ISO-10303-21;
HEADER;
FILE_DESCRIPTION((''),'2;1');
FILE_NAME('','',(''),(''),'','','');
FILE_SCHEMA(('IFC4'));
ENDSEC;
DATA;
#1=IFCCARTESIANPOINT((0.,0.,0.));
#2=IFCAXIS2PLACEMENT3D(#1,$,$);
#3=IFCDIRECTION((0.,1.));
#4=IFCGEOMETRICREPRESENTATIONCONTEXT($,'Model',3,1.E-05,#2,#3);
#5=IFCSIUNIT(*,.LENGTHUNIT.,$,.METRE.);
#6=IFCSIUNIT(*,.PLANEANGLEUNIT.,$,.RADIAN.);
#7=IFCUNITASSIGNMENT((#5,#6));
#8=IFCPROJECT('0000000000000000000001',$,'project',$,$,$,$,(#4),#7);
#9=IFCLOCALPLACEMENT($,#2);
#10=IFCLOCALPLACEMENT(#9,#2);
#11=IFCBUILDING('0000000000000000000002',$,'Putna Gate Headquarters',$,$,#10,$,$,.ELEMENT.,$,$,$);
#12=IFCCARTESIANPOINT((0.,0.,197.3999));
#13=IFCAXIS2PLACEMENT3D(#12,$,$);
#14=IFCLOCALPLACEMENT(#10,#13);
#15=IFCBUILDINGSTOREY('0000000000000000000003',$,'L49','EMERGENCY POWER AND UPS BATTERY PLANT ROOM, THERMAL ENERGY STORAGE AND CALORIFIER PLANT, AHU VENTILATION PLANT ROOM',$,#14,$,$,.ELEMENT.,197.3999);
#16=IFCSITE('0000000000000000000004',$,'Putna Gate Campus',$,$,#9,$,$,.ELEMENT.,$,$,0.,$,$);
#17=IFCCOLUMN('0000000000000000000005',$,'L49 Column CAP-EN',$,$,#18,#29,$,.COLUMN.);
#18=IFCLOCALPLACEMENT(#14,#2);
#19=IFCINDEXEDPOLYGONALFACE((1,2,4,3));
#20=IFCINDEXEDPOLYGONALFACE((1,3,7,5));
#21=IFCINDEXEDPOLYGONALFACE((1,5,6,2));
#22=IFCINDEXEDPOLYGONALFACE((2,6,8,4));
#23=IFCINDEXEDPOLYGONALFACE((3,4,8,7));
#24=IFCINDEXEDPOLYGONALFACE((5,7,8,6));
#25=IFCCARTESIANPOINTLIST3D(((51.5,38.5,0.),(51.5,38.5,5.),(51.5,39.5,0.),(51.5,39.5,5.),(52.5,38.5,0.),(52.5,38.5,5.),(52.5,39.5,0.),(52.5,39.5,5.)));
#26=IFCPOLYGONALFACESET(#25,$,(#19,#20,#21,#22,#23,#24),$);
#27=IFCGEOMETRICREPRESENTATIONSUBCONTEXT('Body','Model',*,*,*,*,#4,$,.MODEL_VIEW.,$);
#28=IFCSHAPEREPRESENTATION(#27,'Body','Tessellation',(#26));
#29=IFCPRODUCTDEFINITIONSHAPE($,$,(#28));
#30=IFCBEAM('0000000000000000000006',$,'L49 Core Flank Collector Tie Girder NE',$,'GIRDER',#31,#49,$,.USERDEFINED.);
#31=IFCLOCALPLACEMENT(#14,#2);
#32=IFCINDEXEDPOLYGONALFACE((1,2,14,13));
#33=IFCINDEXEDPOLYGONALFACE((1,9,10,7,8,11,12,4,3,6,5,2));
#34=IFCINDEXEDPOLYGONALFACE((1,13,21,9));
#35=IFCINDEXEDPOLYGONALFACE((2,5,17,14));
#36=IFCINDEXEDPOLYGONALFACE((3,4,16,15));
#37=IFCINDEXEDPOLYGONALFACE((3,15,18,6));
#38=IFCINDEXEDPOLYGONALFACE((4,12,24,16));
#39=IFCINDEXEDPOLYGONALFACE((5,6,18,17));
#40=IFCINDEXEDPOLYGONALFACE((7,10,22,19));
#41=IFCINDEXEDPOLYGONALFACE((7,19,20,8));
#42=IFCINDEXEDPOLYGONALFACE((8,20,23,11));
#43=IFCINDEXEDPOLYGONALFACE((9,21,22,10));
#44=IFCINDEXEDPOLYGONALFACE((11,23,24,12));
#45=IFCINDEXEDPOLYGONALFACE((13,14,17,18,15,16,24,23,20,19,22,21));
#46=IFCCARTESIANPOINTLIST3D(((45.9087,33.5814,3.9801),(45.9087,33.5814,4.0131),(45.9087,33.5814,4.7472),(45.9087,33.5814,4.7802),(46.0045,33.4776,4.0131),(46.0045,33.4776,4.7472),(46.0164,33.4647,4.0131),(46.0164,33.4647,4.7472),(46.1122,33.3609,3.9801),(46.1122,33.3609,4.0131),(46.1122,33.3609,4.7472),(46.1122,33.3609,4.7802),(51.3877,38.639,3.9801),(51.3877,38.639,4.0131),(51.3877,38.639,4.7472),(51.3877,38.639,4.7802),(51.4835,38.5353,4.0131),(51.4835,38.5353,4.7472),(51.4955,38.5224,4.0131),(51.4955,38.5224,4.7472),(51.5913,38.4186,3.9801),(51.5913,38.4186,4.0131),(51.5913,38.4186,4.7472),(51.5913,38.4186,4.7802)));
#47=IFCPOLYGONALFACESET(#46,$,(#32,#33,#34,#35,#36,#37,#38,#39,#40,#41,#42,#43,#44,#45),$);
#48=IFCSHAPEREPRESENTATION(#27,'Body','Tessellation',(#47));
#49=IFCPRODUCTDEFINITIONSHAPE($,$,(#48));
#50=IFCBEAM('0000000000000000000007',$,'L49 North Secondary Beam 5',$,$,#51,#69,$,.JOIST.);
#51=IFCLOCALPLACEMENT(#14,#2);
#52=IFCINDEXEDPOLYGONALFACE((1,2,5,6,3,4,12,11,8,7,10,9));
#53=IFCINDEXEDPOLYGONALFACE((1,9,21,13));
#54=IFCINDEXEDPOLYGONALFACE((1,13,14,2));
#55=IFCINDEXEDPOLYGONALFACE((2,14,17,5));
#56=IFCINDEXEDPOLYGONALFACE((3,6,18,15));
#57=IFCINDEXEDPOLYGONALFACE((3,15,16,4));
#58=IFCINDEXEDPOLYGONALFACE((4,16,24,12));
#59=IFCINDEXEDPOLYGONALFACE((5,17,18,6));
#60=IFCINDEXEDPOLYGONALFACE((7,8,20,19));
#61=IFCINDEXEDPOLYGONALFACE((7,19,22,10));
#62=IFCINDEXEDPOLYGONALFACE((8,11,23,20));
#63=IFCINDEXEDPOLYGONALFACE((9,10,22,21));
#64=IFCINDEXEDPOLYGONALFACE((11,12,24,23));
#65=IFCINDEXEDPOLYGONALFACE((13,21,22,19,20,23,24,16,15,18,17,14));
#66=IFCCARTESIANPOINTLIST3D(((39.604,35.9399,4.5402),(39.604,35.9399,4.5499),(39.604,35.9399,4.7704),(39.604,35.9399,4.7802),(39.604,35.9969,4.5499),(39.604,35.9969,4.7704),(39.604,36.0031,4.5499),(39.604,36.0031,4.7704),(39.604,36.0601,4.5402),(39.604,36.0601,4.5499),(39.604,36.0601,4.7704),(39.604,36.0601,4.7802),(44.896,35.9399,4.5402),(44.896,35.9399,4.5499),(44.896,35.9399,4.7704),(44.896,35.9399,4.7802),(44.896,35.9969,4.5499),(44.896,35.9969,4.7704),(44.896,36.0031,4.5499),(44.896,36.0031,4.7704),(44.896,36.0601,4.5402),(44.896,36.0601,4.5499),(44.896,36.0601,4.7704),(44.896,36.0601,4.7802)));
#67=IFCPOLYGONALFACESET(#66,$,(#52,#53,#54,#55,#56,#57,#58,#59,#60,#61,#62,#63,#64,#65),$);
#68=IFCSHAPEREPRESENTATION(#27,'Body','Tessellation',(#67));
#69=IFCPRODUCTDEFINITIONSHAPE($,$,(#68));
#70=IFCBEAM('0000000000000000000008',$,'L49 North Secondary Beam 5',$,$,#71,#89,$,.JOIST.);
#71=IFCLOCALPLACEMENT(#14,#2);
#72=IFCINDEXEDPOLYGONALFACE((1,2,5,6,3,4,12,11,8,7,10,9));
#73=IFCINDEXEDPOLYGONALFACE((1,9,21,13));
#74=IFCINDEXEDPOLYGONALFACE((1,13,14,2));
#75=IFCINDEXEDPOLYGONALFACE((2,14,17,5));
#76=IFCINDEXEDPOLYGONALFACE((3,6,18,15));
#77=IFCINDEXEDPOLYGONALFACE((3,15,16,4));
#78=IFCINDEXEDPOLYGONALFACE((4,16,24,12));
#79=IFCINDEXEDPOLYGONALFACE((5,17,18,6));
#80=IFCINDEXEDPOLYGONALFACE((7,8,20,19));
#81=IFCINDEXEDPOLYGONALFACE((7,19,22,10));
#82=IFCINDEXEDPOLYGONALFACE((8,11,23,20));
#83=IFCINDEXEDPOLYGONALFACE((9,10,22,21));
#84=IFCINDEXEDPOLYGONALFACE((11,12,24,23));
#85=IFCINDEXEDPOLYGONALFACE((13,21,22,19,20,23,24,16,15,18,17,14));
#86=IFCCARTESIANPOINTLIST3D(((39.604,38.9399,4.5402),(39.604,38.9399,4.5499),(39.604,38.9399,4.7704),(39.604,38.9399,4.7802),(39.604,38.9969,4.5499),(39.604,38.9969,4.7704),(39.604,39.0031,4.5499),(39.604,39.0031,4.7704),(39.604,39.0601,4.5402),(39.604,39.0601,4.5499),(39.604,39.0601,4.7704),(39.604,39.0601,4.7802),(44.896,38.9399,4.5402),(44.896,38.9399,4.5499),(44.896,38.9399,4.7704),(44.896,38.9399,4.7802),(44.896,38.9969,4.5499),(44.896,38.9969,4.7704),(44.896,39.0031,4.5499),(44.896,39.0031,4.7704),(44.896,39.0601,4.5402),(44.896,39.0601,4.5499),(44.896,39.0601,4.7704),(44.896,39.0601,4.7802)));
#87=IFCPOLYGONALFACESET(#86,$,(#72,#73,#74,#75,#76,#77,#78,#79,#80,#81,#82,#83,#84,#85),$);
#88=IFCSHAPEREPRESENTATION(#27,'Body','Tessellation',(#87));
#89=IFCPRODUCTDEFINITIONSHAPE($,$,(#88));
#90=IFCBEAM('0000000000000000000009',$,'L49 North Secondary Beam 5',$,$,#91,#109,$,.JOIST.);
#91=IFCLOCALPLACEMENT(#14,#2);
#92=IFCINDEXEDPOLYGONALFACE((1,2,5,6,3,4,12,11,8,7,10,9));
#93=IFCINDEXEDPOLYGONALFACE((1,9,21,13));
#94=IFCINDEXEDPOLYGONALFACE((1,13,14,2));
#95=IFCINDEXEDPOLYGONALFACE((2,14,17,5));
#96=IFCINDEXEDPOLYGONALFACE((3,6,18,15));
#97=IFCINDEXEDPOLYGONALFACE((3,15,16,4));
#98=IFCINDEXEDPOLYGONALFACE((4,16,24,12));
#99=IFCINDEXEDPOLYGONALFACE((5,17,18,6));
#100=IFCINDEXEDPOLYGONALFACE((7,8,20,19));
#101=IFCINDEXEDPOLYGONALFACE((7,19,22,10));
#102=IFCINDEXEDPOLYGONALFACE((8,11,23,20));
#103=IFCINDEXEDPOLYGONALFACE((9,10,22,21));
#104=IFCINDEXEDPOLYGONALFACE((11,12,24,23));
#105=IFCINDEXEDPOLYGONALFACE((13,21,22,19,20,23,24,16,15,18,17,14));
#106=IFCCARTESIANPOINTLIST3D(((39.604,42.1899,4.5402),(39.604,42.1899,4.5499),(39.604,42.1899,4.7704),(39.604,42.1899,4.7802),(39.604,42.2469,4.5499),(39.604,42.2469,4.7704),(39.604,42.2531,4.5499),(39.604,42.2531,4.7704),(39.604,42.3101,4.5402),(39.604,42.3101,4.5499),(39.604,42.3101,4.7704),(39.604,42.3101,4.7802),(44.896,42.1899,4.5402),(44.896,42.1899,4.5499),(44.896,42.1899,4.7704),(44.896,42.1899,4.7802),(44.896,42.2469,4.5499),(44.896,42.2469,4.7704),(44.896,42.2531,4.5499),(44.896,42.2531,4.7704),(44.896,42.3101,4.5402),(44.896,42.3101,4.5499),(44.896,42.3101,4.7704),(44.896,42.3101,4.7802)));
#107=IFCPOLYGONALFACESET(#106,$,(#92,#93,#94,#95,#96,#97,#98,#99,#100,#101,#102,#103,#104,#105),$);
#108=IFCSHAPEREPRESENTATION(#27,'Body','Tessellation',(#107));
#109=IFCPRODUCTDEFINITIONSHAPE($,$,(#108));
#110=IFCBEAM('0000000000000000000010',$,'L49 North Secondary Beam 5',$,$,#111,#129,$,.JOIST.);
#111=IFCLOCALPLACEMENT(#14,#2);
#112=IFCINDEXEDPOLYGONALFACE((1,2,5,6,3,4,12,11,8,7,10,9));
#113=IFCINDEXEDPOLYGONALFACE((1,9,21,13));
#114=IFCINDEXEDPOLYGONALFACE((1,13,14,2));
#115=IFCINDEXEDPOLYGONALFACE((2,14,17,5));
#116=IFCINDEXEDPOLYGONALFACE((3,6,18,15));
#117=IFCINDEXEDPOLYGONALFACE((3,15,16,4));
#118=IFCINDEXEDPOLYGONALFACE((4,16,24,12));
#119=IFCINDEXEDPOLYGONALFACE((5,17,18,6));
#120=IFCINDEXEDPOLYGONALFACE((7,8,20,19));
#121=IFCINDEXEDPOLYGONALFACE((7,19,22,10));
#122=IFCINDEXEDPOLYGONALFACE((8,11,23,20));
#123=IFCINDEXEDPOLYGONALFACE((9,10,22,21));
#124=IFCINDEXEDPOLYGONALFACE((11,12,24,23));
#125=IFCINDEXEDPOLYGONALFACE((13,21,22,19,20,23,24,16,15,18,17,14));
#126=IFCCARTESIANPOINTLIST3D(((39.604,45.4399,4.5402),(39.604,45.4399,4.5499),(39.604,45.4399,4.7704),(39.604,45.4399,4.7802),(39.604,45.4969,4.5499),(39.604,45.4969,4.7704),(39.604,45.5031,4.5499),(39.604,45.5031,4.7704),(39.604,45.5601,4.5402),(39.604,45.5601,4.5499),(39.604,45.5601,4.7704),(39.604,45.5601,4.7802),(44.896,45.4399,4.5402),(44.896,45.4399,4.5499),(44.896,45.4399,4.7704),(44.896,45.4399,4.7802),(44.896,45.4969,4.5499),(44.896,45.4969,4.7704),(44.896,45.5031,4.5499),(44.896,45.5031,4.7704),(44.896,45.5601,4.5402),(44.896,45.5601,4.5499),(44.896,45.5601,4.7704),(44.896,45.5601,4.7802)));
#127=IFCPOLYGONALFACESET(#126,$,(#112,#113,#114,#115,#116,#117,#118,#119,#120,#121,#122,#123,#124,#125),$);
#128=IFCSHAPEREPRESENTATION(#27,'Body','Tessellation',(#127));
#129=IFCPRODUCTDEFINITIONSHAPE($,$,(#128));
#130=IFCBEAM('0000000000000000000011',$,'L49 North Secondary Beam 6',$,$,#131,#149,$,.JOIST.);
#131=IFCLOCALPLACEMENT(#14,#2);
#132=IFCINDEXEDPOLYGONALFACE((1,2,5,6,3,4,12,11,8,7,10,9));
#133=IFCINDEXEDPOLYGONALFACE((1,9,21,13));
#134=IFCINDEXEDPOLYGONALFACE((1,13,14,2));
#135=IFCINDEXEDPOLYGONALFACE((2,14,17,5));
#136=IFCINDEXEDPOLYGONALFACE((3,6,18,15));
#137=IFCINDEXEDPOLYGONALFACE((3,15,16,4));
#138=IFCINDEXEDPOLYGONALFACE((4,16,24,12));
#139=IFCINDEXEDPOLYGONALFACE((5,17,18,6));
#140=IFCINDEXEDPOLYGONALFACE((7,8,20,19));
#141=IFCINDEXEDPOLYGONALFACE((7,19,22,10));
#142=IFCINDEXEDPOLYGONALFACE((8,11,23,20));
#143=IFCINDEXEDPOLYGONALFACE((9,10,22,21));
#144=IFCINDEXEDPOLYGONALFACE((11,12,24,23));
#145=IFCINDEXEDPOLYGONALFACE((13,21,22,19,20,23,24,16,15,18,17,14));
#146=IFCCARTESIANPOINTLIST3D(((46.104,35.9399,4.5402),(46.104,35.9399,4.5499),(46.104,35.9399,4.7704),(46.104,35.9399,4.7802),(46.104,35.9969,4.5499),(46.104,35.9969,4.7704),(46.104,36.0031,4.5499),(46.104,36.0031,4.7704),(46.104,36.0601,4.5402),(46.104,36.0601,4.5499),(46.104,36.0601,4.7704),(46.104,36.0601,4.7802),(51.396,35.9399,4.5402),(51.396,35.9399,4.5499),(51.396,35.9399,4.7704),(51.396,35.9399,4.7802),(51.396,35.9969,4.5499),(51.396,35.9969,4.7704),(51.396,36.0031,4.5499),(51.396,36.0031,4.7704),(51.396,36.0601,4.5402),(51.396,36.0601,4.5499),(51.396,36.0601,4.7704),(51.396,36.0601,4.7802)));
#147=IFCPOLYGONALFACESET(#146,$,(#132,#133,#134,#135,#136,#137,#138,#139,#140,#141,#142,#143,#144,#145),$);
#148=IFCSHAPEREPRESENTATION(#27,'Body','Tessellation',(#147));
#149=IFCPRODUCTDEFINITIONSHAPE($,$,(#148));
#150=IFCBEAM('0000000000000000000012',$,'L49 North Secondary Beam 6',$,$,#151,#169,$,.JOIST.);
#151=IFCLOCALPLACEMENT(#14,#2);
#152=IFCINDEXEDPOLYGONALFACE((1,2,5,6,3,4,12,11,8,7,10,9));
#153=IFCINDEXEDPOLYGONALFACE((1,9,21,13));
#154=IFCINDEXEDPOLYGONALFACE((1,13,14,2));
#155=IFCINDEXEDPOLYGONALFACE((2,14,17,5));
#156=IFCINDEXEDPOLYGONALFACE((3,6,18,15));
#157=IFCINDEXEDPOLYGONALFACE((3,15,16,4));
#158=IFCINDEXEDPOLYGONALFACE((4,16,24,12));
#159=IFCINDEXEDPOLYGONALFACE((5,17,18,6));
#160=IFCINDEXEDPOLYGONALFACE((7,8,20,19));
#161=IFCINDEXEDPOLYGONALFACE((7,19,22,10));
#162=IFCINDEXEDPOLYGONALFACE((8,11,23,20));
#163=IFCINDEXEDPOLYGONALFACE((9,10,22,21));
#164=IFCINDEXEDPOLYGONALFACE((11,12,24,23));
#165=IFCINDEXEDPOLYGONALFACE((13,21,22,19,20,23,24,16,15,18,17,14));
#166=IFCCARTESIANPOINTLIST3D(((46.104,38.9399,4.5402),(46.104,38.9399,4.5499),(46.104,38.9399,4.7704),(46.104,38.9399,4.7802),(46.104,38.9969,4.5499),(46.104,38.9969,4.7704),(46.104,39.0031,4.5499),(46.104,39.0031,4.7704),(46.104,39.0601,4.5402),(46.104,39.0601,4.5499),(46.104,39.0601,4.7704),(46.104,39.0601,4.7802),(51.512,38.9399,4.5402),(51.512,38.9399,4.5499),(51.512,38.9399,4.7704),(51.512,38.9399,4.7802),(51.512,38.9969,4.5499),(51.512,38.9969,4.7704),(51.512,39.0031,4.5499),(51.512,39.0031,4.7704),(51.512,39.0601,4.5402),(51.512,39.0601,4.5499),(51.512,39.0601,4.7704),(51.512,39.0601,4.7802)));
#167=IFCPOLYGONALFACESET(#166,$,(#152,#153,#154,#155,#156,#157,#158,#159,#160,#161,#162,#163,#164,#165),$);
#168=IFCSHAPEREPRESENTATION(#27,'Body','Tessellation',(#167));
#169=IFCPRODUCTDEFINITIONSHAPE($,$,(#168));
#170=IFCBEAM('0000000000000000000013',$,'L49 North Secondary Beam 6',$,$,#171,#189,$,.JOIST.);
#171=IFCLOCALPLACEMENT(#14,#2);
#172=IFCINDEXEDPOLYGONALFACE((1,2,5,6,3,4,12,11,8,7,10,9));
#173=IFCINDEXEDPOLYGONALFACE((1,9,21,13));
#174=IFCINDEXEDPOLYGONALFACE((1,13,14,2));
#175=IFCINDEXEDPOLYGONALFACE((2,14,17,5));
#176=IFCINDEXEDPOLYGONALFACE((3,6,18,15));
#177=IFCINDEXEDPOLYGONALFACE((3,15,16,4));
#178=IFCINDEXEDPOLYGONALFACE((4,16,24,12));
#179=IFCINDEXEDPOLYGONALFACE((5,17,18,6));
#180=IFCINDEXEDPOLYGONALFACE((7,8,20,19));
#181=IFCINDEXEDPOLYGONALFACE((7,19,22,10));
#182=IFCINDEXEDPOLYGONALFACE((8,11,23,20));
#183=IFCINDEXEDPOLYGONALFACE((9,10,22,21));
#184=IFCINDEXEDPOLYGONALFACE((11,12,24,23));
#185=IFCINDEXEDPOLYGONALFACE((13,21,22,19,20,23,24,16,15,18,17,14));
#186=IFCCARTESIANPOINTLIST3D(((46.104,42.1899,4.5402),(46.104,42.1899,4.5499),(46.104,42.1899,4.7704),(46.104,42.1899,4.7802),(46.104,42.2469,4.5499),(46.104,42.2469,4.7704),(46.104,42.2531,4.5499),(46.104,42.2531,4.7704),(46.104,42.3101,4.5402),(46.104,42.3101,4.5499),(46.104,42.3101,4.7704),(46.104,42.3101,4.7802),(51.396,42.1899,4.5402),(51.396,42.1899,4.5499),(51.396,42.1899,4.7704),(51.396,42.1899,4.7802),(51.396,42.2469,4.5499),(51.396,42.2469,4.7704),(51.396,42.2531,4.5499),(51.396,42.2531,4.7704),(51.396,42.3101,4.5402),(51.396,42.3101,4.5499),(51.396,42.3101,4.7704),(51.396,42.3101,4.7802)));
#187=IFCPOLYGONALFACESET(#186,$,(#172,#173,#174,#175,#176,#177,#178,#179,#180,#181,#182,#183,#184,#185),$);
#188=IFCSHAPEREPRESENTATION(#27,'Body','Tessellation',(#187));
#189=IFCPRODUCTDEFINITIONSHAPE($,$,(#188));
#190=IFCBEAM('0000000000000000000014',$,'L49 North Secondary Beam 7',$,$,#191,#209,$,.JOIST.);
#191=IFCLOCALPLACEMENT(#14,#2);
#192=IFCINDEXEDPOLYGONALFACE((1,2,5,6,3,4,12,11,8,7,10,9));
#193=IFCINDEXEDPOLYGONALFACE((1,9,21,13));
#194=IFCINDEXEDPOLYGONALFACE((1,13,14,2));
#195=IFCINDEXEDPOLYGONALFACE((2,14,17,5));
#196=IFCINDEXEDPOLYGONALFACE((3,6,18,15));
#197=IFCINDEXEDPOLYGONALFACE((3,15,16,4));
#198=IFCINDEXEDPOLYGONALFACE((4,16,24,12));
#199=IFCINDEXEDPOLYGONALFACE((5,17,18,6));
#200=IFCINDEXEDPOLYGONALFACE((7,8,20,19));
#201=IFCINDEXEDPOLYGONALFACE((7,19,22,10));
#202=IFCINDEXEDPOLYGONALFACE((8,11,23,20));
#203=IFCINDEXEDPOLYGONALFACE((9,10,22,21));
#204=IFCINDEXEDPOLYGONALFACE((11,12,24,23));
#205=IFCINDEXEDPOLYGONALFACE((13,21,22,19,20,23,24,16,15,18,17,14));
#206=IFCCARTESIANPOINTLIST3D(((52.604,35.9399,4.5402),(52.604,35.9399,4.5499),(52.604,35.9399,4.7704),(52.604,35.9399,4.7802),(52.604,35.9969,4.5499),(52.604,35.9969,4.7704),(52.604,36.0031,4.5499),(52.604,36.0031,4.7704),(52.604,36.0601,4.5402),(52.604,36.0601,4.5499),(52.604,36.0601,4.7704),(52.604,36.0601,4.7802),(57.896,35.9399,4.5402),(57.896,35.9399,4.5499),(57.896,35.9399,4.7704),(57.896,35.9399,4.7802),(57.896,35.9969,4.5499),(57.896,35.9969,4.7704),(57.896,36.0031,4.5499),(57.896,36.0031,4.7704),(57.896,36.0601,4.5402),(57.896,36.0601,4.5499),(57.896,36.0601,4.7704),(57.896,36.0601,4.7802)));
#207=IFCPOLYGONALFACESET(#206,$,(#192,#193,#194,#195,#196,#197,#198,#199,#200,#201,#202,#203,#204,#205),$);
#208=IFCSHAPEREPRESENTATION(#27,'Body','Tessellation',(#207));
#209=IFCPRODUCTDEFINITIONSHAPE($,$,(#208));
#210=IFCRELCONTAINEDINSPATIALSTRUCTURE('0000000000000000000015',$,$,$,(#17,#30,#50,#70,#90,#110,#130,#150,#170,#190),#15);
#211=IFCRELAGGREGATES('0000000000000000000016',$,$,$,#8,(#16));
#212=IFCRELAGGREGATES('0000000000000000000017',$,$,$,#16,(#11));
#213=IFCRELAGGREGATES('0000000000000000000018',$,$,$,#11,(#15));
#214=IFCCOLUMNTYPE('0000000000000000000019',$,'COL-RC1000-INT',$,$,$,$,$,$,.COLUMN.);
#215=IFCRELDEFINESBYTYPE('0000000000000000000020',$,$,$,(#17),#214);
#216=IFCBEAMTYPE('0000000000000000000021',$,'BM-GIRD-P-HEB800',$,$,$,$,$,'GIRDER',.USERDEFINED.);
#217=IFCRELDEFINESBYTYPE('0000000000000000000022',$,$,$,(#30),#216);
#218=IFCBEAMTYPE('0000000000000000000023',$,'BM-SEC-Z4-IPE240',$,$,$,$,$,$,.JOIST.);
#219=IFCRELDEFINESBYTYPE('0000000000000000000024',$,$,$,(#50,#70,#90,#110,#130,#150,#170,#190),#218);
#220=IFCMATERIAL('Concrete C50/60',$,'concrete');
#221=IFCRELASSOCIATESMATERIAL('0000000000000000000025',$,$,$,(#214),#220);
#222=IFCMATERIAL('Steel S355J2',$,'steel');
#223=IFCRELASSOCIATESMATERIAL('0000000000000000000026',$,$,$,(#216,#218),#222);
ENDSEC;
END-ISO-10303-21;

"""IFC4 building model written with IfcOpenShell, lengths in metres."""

from ifc_helpers import new_model, si_unit, direction, frame, origin, origin_2d, place, context, subcontext, project, spatial, rectangle, i_section, extrude, material, material_profile, profile_set, type_object, element, save


model = new_model("IFC4")

# Units and contexts
model_context = context("Model", 3, precision=1e-05, world=origin(), true_north=direction((0.0, 1.0)))
body_context = subcontext(model_context, "Body", "Model", "MODEL_VIEW")
ifc_project = project(units=[si_unit("LENGTHUNIT", "METRE"), si_unit("PLANEANGLEUNIT", "RADIAN")], contexts=[model_context])

# Site, building, storey
site_placement = place(None, origin())
site = spatial("IfcSite", under=ifc_project, at=site_placement, Name="Putna Gate Campus", CompositionType="ELEMENT", RefElevation=0.0)
building_placement = place(site_placement, origin())
building = spatial("IfcBuilding", under=site, at=building_placement, Name="Putna Gate Headquarters", CompositionType="ELEMENT")
storey_placement = place(building_placement, frame((0.0, 0.0, 197.3999)))
storey = spatial("IfcBuildingStorey", under=building, at=storey_placement, Name="L49", Description="EMERGENCY POWER AND UPS BATTERY PLANT ROOM, THERMAL ENERGY STORAGE AND CALORIFIER PLANT, AHU VENTILATION PLANT ROOM", CompositionType="ELEMENT", Elevation=197.3999)

# Column
ifc_material_1 = material(Name="Concrete C50/60", Category="concrete")
ifc_material_profile_1 = material_profile(ifc_material_1, rectangle(XDim=1.0, YDim=1.0, at=origin_2d()), Name="Concrete C50/60")
ifc_profile_set_1 = profile_set([ifc_material_profile_1], Name="Concrete C50/60")
column_type = type_object("IfcColumnType", Name="COL-RC1000-INT", PredefinedType="COLUMN", material=ifc_profile_set_1)
column_placement = place(storey_placement, frame((52.0, 39.0, 0.0), z_axis=(0.0, 0.0, 1.0), x_axis=(1.0, 0.0, 0.0)))
element("IfcColumn", 1, at=column_placement, inside=storey, type_object=column_type, Name="L49 Column CAP-EN", PredefinedType="COLUMN", context=body_context, shape_type="SweptSolid", body=[
    extrude(rectangle(XDim=1.0, YDim=1.0, at=origin_2d()), origin(), (0.0, 0.0, 1.0), 5.0),
])

# Beams
ifc_material_2 = material(Name="Steel S355J2", Category="steel")
ifc_material_profile_2 = material_profile(ifc_material_2, i_section(OverallWidth=0.3, OverallDepth=0.8, WebThickness=0.0176, FlangeThickness=0.033, at=origin_2d()), Name="Steel S355J2")
ifc_profile_set_2 = profile_set([ifc_material_profile_2], Name="Steel S355J2")
beam_type_1 = type_object("IfcBeamType", Name="BM-GIRD-P-HEB800", ElementType="GIRDER", PredefinedType="USERDEFINED", material=ifc_profile_set_2)
beam_1_placement = place(storey_placement, frame((51.4895, 38.5288, 4.3801), z_axis=(-0.734798, -0.678286, 0.0), x_axis=(0.678286, -0.734798, 0.0)))
element("IfcBeam", 2, at=beam_1_placement, inside=storey, type_object=beam_type_1, Name="L49 Core Flank Collector Tie Girder NE", ObjectType="GIRDER", PredefinedType="USERDEFINED", context=body_context, shape_type="SweptSolid", body=[
    extrude(i_section(OverallWidth=0.3, OverallDepth=0.8, WebThickness=0.0176, FlangeThickness=0.033, at=origin_2d()), origin(), (0.0, 0.0, 1.0), 7.4565),
])
ifc_material_profile_3 = material_profile(ifc_material_2, i_section(OverallWidth=0.1201, OverallDepth=0.24, WebThickness=0.0061, FlangeThickness=0.0098, at=origin_2d()), Name="Steel S355J2")
ifc_profile_set_3 = profile_set([ifc_material_profile_3], Name="Steel S355J2")
beam_type_2 = type_object("IfcBeamType", Name="BM-SEC-Z4-IPE240", PredefinedType="JOIST", material=ifc_profile_set_3)
for number, where, z_axis, x_axis, name in (
    (3, (39.604, 36.0, 4.6602), (1.0, 0.0, 0.0), (0.0, 1.0, 0.0), "L49 North Secondary Beam 5"),
    (4, (39.604, 39.0, 4.6602), (1.0, 0.0, 0.0), (0.0, 1.0, 0.0), "L49 North Secondary Beam 5"),
    (5, (39.604, 42.25, 4.6602), (1.0, 0.0, 0.0), (0.0, 1.0, 0.0), "L49 North Secondary Beam 5"),
    (6, (39.604, 45.5, 4.6602), (1.0, 0.0, 0.0), (0.0, 1.0, 0.0), "L49 North Secondary Beam 5"),
    (7, (46.104, 36.0, 4.6602), (1.0, 0.0, 0.0), (0.0, 1.0, 0.0), "L49 North Secondary Beam 6"),
):
    element("IfcBeam", number, at=place(storey_placement, frame(where, z_axis=z_axis, x_axis=x_axis)), inside=storey, type_object=beam_type_2, Name=name, PredefinedType="JOIST", context=body_context, shape_type="SweptSolid", body=[
        extrude(i_section(OverallWidth=0.1201, OverallDepth=0.24, WebThickness=0.0061, FlangeThickness=0.0098, at=origin_2d()), origin(), (0.0, 0.0, 1.0), 5.292),
    ])
beam_2_placement = place(storey_placement, frame((46.104, 39.0, 4.6602), z_axis=(1.0, 0.0, 0.0), x_axis=(0.0, 1.0, 0.0)))
element("IfcBeam", 8, at=beam_2_placement, inside=storey, type_object=beam_type_2, Name="L49 North Secondary Beam 6", PredefinedType="JOIST", context=body_context, shape_type="SweptSolid", body=[
    extrude(i_section(OverallWidth=0.1201, OverallDepth=0.24, WebThickness=0.0061, FlangeThickness=0.0098, at=origin_2d()), origin(), (0.0, 0.0, 1.0), 5.408),
])
for number, where, z_axis, x_axis, name in (
    (9, (46.104, 42.25, 4.6602), (1.0, 0.0, 0.0), (0.0, 1.0, 0.0), "L49 North Secondary Beam 6"),
    (10, (52.604, 36.0, 4.6602), (1.0, 0.0, 0.0), (0.0, 1.0, 0.0), "L49 North Secondary Beam 7"),
):
    element("IfcBeam", number, at=place(storey_placement, frame(where, z_axis=z_axis, x_axis=x_axis)), inside=storey, type_object=beam_type_2, Name=name, PredefinedType="JOIST", context=body_context, shape_type="SweptSolid", body=[
        extrude(i_section(OverallWidth=0.1201, OverallDepth=0.24, WebThickness=0.0061, FlangeThickness=0.0098, at=origin_2d()), origin(), (0.0, 0.0, 1.0), 5.292),
    ])

save(model, "model.ifc")
